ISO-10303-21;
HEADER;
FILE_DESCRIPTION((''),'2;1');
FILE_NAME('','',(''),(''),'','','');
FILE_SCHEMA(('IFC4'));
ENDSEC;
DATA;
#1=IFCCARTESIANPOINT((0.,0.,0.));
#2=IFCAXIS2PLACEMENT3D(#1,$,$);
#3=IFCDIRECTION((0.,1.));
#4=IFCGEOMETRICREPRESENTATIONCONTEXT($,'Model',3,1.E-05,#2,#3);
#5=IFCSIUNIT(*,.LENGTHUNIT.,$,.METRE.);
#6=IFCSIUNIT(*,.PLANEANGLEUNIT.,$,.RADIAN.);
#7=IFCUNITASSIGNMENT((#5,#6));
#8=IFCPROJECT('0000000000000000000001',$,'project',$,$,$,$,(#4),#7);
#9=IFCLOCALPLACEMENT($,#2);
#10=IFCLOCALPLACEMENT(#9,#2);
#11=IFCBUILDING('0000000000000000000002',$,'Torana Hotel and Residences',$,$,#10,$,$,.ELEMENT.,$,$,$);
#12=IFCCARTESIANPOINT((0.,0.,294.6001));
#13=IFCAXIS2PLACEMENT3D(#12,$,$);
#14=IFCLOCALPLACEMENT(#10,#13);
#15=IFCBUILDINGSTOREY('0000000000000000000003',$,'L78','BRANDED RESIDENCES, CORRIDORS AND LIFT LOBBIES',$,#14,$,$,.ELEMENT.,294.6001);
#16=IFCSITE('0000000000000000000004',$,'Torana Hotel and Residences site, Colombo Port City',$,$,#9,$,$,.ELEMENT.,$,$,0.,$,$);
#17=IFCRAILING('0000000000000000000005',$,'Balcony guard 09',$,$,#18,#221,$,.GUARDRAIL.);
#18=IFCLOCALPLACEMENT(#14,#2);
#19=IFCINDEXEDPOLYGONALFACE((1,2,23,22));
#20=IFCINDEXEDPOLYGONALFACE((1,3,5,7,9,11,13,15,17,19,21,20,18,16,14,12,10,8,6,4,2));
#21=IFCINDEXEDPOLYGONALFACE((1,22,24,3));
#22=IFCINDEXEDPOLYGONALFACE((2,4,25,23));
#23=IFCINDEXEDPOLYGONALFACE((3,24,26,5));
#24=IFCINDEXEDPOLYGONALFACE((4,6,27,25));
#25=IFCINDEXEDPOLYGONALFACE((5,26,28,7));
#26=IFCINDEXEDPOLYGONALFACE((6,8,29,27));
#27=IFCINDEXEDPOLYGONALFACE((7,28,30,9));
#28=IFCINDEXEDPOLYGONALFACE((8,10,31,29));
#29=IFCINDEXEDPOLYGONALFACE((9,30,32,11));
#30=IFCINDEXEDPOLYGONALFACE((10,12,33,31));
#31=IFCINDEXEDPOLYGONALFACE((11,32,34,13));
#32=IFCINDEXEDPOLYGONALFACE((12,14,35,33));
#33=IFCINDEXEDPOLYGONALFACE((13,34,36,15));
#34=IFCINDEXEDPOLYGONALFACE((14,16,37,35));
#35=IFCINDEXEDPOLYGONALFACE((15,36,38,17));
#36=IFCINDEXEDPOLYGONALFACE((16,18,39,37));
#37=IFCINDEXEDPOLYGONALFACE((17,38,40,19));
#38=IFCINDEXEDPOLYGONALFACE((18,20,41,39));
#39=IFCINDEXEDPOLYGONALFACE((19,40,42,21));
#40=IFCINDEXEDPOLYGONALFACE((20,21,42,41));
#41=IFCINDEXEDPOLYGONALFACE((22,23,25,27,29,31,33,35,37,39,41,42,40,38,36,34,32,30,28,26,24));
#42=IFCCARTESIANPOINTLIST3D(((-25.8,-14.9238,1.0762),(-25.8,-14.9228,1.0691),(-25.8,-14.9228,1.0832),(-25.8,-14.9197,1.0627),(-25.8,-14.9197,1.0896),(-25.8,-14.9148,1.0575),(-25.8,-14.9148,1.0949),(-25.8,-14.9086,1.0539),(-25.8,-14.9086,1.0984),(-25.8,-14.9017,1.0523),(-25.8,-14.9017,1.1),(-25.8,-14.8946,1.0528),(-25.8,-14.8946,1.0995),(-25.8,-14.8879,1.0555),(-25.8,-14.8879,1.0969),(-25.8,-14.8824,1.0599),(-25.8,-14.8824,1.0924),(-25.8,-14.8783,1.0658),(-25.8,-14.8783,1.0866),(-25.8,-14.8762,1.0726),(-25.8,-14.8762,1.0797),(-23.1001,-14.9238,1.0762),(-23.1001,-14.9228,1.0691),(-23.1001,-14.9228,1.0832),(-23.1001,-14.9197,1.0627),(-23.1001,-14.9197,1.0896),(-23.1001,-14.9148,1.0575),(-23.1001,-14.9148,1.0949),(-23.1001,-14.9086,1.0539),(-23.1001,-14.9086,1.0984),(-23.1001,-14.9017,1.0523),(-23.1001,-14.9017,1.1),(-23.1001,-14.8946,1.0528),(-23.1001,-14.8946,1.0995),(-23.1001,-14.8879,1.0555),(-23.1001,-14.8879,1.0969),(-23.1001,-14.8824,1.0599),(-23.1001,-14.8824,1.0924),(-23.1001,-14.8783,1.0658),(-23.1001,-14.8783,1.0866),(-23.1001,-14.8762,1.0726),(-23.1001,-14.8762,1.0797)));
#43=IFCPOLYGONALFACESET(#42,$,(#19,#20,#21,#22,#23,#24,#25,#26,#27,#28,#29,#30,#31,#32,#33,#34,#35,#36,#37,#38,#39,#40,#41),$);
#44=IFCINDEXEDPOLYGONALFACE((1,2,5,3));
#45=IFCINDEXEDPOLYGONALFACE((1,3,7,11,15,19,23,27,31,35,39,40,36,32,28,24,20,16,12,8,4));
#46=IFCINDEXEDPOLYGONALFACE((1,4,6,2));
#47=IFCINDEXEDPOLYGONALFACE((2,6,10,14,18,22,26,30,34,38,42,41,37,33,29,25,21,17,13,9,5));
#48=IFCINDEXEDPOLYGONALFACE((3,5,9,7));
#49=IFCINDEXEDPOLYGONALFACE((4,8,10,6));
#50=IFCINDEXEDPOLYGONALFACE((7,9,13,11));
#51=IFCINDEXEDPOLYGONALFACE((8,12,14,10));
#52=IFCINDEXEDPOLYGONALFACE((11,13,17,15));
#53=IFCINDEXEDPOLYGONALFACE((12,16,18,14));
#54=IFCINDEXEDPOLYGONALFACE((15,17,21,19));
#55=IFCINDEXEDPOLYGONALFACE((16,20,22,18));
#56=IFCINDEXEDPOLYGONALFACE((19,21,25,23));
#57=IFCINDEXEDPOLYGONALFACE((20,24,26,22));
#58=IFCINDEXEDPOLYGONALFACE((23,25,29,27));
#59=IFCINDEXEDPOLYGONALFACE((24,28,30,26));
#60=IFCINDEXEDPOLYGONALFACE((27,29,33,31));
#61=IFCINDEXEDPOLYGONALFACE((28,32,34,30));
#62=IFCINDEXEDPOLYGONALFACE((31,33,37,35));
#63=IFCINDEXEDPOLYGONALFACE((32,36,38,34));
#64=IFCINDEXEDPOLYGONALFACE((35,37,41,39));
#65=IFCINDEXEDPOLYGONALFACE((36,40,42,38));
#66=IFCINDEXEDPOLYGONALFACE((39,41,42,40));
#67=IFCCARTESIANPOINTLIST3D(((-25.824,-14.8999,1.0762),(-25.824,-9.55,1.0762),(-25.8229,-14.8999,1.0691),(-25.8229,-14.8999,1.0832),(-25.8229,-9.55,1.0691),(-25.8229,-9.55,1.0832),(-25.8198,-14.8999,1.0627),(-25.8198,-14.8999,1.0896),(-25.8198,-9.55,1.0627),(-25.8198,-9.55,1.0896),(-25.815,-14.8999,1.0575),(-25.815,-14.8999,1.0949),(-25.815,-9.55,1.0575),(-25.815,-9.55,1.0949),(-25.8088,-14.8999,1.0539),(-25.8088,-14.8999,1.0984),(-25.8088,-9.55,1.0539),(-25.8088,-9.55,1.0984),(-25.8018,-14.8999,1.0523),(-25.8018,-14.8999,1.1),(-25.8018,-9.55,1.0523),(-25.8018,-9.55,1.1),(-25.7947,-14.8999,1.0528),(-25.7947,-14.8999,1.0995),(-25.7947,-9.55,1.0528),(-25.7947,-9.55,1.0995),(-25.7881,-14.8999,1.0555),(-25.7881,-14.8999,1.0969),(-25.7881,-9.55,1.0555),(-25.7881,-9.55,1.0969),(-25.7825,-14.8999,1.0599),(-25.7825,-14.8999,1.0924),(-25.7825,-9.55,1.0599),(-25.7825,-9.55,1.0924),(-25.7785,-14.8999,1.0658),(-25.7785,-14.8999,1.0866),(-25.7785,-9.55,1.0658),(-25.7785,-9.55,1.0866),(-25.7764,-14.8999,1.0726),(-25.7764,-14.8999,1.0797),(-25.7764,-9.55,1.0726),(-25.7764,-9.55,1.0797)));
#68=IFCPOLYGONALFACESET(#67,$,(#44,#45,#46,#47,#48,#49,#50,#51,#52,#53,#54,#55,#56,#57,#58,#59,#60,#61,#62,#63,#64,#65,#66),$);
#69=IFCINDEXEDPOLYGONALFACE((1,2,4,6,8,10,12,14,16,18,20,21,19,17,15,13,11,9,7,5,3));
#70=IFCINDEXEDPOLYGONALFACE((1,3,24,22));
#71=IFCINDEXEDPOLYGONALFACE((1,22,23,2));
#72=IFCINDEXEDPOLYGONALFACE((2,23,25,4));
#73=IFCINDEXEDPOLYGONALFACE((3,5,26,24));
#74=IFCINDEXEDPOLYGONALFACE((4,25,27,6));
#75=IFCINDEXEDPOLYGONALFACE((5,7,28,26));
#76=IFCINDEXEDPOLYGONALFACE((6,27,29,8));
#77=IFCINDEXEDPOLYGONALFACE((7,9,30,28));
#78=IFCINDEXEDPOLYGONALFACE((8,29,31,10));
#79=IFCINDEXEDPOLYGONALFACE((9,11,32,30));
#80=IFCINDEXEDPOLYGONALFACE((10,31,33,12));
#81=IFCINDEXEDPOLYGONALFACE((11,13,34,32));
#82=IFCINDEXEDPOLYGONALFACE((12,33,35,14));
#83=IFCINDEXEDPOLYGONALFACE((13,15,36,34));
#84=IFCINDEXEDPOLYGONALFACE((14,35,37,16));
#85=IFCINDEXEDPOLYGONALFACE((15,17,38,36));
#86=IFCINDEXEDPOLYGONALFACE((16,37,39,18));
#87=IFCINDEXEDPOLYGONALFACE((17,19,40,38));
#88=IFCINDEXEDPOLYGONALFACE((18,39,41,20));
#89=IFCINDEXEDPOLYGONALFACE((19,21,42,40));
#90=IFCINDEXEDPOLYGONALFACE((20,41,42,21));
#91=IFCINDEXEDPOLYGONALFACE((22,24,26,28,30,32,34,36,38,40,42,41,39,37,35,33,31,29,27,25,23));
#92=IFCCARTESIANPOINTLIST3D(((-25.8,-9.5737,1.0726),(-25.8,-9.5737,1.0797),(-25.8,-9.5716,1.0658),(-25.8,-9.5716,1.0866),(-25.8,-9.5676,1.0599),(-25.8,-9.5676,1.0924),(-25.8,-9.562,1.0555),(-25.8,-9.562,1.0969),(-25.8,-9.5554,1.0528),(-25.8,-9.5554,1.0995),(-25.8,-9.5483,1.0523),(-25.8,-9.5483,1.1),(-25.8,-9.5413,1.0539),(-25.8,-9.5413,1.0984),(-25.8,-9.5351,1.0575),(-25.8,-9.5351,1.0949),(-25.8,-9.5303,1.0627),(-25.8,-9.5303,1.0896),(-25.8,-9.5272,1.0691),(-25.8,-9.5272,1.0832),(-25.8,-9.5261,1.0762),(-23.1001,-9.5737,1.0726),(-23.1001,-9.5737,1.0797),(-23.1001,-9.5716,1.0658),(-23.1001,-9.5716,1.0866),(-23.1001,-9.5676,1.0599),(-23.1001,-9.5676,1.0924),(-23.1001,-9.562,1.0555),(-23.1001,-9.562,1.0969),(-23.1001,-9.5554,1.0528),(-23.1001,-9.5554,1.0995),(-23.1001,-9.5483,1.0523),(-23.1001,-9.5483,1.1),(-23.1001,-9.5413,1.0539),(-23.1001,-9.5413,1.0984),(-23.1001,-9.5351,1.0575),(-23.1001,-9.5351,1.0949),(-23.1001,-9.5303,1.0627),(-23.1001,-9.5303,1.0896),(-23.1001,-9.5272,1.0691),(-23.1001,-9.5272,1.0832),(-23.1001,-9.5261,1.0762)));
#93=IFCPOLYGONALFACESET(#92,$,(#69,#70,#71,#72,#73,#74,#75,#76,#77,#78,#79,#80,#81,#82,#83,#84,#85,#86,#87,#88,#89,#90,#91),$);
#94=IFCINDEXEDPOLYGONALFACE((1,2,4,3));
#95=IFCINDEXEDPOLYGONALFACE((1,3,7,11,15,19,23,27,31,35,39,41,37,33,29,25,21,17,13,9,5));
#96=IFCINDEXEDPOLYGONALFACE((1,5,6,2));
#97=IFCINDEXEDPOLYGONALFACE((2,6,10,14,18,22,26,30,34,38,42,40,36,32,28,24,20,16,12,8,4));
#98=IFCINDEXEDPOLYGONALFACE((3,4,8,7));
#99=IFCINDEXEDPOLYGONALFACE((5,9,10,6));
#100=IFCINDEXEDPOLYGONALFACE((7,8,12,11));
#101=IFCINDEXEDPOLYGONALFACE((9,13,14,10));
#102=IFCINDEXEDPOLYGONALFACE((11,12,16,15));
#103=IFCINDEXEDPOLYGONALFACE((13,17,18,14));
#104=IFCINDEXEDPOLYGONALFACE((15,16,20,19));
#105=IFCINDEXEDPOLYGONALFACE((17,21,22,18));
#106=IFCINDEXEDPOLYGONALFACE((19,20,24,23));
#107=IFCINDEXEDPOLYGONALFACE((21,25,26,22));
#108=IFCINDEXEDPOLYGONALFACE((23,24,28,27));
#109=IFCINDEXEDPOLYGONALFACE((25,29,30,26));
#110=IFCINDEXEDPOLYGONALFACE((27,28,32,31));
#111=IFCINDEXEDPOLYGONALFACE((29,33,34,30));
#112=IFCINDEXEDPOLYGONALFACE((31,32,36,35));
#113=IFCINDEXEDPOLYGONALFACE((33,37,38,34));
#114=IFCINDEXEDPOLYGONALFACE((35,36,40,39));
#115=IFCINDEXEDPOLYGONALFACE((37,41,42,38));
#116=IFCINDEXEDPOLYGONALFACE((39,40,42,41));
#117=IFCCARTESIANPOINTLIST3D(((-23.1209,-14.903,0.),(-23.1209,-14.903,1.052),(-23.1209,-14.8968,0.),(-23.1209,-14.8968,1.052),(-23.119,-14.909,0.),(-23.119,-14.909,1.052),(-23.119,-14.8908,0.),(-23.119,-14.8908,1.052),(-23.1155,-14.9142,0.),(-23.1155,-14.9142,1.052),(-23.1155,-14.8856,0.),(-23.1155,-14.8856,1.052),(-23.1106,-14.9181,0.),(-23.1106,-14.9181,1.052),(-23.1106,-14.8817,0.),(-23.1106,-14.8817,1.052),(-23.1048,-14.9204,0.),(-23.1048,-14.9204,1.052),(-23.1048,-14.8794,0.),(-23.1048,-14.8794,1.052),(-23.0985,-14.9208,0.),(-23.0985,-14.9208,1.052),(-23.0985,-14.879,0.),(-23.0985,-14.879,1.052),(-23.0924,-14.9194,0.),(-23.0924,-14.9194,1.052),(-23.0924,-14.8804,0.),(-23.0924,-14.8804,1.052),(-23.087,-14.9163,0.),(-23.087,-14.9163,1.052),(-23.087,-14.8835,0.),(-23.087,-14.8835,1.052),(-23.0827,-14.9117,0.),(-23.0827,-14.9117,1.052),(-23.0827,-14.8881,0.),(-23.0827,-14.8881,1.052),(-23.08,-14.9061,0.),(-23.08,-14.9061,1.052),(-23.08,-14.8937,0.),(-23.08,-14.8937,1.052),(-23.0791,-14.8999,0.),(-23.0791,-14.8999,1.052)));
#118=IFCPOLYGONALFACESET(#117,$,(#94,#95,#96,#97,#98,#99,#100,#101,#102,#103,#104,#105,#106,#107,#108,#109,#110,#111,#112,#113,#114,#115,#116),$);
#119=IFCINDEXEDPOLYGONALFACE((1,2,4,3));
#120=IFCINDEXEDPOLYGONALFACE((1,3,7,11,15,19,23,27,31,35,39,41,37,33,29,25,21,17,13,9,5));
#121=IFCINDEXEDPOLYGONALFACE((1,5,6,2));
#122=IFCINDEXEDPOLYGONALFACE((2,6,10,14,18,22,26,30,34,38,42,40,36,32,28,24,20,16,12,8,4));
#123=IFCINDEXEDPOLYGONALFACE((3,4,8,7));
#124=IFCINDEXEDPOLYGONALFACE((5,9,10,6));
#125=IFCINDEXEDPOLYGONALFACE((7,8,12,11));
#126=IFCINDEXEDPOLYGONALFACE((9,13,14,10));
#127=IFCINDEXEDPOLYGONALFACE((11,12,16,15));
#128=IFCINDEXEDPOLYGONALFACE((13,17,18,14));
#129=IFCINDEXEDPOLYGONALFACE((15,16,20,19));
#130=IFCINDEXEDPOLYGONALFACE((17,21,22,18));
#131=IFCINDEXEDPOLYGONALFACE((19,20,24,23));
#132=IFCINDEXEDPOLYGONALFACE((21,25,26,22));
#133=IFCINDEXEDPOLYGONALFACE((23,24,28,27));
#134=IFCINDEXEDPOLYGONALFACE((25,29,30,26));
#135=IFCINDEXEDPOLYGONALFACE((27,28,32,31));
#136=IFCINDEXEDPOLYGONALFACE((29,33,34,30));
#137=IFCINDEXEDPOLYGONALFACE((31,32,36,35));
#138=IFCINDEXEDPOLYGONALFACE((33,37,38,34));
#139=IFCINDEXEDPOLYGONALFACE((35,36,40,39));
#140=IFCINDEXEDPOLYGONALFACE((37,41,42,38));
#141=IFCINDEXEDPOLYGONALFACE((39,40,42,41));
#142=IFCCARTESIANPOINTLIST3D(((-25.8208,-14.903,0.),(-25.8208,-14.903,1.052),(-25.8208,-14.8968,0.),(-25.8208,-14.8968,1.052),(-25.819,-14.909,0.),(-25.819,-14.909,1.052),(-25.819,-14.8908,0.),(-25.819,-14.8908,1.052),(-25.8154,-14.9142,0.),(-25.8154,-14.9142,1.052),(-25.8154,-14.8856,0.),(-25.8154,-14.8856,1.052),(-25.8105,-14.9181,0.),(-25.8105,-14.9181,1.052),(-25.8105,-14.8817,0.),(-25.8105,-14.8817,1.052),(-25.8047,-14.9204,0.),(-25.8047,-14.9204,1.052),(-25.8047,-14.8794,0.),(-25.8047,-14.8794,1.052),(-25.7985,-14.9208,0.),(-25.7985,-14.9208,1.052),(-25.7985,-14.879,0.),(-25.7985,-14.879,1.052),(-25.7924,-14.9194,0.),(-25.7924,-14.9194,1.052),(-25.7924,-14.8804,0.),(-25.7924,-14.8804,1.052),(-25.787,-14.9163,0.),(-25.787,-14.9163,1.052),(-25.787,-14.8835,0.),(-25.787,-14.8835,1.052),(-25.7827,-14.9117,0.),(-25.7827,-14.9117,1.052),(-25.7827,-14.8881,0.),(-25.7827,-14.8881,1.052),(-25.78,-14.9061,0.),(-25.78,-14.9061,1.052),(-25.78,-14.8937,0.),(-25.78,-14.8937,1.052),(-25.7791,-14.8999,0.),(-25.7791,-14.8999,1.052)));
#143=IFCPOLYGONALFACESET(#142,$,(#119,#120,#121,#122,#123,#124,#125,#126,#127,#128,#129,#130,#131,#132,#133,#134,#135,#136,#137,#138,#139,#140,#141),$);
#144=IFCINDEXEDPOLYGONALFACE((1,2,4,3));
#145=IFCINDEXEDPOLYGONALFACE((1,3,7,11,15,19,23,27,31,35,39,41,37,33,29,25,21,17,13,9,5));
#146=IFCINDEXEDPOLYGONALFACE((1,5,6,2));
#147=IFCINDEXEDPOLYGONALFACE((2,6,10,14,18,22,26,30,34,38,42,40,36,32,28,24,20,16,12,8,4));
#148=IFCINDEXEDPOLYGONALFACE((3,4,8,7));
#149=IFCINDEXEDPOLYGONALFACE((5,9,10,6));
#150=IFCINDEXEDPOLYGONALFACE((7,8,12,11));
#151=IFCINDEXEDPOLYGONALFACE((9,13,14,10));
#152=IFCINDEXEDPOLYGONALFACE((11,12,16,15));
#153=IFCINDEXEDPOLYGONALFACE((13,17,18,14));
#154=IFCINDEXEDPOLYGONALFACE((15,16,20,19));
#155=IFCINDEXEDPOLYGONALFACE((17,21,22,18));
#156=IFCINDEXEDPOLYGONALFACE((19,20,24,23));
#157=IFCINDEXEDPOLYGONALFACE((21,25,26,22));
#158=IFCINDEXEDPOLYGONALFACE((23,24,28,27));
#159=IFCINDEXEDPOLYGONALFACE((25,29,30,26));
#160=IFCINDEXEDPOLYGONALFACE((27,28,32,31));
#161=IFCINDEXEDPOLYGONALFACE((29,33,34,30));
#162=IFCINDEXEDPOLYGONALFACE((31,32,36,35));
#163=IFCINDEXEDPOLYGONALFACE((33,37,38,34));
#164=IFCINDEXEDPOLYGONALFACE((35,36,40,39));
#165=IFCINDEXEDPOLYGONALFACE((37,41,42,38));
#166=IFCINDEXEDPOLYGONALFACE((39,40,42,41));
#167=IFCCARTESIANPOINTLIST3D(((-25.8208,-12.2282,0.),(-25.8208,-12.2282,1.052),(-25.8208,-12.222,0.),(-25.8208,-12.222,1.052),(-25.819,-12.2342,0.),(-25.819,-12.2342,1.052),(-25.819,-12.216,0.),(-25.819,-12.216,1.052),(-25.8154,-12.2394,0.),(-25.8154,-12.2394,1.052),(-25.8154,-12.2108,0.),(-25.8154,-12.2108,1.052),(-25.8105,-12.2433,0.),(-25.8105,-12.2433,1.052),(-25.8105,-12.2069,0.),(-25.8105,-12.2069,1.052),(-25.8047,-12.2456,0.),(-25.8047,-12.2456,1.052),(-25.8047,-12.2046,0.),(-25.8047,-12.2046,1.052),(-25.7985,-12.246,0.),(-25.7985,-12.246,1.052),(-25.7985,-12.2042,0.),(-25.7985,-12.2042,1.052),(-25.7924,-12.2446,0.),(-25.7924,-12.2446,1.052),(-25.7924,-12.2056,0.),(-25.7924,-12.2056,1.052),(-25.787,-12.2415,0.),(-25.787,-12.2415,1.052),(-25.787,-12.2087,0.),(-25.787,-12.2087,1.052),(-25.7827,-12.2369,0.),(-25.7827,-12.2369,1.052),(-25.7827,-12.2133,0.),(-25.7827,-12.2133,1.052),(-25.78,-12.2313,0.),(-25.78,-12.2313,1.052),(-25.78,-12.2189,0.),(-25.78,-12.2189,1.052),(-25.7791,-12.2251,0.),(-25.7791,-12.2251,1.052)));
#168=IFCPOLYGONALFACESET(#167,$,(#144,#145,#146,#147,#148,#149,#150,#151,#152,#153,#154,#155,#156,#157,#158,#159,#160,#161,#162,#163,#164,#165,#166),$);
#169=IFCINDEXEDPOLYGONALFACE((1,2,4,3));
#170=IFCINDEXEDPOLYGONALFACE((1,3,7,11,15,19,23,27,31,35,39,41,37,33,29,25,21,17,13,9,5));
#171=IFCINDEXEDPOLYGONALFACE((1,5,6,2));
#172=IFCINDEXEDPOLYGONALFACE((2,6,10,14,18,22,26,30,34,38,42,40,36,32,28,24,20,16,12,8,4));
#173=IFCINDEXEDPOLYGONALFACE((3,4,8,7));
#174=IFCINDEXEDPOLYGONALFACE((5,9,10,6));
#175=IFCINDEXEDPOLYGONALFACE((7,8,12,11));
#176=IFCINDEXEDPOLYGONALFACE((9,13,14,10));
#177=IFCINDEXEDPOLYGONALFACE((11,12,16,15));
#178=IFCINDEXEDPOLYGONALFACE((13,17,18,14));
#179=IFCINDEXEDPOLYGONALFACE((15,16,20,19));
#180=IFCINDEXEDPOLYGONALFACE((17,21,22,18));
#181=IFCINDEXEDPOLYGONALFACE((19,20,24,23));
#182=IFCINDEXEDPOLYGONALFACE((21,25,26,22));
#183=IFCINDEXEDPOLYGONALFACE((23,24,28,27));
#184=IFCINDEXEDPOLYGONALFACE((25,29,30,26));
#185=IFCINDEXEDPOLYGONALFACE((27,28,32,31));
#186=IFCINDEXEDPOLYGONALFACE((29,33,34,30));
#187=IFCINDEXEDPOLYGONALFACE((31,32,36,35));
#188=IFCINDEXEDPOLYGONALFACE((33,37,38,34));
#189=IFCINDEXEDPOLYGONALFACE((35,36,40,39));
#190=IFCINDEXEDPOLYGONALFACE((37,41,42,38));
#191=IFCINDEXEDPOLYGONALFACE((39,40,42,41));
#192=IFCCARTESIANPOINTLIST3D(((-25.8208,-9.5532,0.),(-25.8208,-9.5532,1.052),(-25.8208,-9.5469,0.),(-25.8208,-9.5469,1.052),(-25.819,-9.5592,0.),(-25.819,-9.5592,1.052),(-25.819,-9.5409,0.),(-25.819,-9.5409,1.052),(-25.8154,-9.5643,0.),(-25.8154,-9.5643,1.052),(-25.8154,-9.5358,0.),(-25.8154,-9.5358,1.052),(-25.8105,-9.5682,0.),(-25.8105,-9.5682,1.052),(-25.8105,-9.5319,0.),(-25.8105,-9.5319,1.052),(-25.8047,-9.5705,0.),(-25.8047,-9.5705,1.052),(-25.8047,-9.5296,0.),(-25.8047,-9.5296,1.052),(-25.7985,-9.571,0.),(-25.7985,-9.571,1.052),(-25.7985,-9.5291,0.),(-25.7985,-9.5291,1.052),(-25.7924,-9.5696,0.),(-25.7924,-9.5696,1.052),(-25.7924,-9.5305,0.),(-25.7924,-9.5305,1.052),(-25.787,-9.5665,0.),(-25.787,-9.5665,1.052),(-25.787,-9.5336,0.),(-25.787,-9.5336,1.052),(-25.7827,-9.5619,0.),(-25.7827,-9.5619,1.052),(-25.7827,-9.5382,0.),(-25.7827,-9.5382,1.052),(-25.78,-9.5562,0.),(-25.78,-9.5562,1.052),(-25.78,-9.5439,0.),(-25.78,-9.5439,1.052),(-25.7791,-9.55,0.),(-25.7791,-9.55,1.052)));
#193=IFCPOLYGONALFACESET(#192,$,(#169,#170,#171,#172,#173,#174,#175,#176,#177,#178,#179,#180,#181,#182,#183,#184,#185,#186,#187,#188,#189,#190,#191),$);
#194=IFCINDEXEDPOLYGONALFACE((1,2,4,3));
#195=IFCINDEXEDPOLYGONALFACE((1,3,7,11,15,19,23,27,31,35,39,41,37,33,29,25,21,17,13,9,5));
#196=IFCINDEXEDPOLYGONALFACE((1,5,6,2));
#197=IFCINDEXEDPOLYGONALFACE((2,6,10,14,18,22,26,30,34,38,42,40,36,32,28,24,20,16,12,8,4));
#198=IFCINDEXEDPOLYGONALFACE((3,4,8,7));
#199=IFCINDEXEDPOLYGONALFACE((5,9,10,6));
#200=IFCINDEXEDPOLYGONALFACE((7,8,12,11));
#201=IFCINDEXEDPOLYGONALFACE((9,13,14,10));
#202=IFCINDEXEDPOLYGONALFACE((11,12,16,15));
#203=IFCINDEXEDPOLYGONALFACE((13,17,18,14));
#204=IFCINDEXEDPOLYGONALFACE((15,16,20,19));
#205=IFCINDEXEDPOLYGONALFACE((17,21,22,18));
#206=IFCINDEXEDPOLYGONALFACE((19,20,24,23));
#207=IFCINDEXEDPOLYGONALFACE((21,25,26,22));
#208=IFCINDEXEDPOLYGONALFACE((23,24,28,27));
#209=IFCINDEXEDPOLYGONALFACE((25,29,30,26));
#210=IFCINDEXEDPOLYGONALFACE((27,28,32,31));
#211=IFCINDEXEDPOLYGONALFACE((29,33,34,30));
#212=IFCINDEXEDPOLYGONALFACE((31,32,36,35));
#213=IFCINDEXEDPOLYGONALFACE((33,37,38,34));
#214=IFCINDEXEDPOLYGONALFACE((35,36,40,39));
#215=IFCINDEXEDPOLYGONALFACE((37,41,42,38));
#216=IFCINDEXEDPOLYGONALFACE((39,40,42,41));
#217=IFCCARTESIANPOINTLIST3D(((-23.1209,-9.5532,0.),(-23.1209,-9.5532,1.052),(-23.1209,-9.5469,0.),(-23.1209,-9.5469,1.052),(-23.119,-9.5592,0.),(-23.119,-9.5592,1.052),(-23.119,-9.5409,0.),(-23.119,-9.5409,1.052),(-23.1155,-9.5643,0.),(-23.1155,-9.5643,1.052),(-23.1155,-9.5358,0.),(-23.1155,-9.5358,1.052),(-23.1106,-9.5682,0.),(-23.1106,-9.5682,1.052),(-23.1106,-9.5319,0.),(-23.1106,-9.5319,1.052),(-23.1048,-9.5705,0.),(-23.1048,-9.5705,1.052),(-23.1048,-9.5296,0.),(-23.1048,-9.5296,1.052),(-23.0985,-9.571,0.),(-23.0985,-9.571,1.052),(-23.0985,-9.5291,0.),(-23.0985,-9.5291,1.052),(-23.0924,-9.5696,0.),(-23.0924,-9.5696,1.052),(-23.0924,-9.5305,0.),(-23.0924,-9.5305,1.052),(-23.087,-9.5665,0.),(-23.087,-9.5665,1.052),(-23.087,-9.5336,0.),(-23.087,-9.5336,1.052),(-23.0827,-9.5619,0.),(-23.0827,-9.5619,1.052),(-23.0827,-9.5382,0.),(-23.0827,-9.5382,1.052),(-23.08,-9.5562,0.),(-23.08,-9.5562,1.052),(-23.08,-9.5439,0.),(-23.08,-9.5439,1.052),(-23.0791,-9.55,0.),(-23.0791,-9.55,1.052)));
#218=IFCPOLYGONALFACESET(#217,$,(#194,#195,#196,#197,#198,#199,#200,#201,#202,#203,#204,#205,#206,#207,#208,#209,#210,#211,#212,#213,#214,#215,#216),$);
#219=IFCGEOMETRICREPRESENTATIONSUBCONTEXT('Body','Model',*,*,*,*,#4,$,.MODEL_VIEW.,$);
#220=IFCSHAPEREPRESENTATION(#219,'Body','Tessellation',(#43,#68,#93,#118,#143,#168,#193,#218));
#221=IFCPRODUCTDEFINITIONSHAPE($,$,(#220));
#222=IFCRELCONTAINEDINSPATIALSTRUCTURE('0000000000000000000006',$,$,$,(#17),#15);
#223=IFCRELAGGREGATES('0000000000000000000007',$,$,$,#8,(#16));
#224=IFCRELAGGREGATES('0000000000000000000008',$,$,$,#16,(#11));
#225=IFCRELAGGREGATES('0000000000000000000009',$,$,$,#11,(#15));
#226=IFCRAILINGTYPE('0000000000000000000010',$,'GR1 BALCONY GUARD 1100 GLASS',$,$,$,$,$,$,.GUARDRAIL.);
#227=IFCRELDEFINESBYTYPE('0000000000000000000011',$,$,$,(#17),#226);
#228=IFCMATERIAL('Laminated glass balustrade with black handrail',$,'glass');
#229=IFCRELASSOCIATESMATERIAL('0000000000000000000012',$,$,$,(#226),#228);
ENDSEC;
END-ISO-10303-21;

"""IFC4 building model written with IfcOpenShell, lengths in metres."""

from ifc_helpers import new_model, si_unit, direction, frame, origin, origin_2d, place, context, subcontext, project, spatial, circle, extrude, material, type_object, element, save


model = new_model("IFC4")

# Units and contexts
model_context = context("Model", 3, precision=1e-05, world=origin(), true_north=direction((0.0, 1.0)))
body_context = subcontext(model_context, "Body", "Model", "MODEL_VIEW")
ifc_project = project(units=[si_unit("LENGTHUNIT", "METRE"), si_unit("PLANEANGLEUNIT", "RADIAN")], contexts=[model_context])

# Site, building, storey
site_placement = place(None, origin())
site = spatial("IfcSite", under=ifc_project, at=site_placement, Name="Torana Hotel and Residences site, Colombo Port City", CompositionType="ELEMENT", RefElevation=0.0)
building_placement = place(site_placement, origin())
building = spatial("IfcBuilding", under=site, at=building_placement, Name="Torana Hotel and Residences", CompositionType="ELEMENT")
storey_placement = place(building_placement, frame((0.0, 0.0, 294.6001)))
storey = spatial("IfcBuildingStorey", under=building, at=storey_placement, Name="L78", Description="BRANDED RESIDENCES, CORRIDORS AND LIFT LOBBIES", CompositionType="ELEMENT", Elevation=294.6001)

# Railing
ifc_material_1 = material(Name="Laminated glass balustrade with black handrail", Category="glass")
railing_type = type_object("IfcRailingType", Name="GR1 BALCONY GUARD 1100 GLASS", PredefinedType="GUARDRAIL", material=ifc_material_1)
railing_1_placement = place(storey_placement, frame((-23.1001, -14.8999, 0.0)))
element("IfcRailing", 1, at=railing_1_placement, inside=storey, type_object=railing_type, Name="Balcony guard 09", PredefinedType="GUARDRAIL", context=body_context, shape_type="SweptSolid", body=[
    extrude(circle(Radius=0.0239, at=origin_2d()), frame((0.0, 0.0, 1.0762), z_axis=(-1.0, 0.0, 0.0), x_axis=(0.0, -1.0, 0.0)), (0.0, 0.0, 1.0), 2.7),
    extrude(circle(Radius=0.0239, at=origin_2d()), frame((-2.7, 0.0, 1.0762), z_axis=(0.0, 1.0, 0.0), x_axis=(-1.0, 0.0, 0.0)), (0.0, 0.0, 1.0), 5.3499),
    extrude(circle(Radius=0.0239, at=origin_2d()), frame((-2.7, 5.3499, 1.0762), z_axis=(1.0, 0.0, 0.0), x_axis=(0.0, 1.0, 0.0)), (0.0, 0.0, 1.0), 2.7),
    extrude(circle(Radius=0.021, at=origin_2d()), origin(), (0.0, 0.0, 1.0), 1.052),
    extrude(circle(Radius=0.021, at=origin_2d()), frame((-2.7, 0.0, 0.0)), (0.0, 0.0, 1.0), 1.052),
    extrude(circle(Radius=0.021, at=origin_2d()), frame((-2.7, 2.6748, 0.0)), (0.0, 0.0, 1.0), 1.052),
    extrude(circle(Radius=0.021, at=origin_2d()), frame((-2.7, 5.3499, 0.0)), (0.0, 0.0, 1.0), 1.052),
    extrude(circle(Radius=0.021, at=origin_2d()), frame((0.0, 5.3499, 0.0)), (0.0, 0.0, 1.0), 1.052),
])

save(model, "model.ifc")
